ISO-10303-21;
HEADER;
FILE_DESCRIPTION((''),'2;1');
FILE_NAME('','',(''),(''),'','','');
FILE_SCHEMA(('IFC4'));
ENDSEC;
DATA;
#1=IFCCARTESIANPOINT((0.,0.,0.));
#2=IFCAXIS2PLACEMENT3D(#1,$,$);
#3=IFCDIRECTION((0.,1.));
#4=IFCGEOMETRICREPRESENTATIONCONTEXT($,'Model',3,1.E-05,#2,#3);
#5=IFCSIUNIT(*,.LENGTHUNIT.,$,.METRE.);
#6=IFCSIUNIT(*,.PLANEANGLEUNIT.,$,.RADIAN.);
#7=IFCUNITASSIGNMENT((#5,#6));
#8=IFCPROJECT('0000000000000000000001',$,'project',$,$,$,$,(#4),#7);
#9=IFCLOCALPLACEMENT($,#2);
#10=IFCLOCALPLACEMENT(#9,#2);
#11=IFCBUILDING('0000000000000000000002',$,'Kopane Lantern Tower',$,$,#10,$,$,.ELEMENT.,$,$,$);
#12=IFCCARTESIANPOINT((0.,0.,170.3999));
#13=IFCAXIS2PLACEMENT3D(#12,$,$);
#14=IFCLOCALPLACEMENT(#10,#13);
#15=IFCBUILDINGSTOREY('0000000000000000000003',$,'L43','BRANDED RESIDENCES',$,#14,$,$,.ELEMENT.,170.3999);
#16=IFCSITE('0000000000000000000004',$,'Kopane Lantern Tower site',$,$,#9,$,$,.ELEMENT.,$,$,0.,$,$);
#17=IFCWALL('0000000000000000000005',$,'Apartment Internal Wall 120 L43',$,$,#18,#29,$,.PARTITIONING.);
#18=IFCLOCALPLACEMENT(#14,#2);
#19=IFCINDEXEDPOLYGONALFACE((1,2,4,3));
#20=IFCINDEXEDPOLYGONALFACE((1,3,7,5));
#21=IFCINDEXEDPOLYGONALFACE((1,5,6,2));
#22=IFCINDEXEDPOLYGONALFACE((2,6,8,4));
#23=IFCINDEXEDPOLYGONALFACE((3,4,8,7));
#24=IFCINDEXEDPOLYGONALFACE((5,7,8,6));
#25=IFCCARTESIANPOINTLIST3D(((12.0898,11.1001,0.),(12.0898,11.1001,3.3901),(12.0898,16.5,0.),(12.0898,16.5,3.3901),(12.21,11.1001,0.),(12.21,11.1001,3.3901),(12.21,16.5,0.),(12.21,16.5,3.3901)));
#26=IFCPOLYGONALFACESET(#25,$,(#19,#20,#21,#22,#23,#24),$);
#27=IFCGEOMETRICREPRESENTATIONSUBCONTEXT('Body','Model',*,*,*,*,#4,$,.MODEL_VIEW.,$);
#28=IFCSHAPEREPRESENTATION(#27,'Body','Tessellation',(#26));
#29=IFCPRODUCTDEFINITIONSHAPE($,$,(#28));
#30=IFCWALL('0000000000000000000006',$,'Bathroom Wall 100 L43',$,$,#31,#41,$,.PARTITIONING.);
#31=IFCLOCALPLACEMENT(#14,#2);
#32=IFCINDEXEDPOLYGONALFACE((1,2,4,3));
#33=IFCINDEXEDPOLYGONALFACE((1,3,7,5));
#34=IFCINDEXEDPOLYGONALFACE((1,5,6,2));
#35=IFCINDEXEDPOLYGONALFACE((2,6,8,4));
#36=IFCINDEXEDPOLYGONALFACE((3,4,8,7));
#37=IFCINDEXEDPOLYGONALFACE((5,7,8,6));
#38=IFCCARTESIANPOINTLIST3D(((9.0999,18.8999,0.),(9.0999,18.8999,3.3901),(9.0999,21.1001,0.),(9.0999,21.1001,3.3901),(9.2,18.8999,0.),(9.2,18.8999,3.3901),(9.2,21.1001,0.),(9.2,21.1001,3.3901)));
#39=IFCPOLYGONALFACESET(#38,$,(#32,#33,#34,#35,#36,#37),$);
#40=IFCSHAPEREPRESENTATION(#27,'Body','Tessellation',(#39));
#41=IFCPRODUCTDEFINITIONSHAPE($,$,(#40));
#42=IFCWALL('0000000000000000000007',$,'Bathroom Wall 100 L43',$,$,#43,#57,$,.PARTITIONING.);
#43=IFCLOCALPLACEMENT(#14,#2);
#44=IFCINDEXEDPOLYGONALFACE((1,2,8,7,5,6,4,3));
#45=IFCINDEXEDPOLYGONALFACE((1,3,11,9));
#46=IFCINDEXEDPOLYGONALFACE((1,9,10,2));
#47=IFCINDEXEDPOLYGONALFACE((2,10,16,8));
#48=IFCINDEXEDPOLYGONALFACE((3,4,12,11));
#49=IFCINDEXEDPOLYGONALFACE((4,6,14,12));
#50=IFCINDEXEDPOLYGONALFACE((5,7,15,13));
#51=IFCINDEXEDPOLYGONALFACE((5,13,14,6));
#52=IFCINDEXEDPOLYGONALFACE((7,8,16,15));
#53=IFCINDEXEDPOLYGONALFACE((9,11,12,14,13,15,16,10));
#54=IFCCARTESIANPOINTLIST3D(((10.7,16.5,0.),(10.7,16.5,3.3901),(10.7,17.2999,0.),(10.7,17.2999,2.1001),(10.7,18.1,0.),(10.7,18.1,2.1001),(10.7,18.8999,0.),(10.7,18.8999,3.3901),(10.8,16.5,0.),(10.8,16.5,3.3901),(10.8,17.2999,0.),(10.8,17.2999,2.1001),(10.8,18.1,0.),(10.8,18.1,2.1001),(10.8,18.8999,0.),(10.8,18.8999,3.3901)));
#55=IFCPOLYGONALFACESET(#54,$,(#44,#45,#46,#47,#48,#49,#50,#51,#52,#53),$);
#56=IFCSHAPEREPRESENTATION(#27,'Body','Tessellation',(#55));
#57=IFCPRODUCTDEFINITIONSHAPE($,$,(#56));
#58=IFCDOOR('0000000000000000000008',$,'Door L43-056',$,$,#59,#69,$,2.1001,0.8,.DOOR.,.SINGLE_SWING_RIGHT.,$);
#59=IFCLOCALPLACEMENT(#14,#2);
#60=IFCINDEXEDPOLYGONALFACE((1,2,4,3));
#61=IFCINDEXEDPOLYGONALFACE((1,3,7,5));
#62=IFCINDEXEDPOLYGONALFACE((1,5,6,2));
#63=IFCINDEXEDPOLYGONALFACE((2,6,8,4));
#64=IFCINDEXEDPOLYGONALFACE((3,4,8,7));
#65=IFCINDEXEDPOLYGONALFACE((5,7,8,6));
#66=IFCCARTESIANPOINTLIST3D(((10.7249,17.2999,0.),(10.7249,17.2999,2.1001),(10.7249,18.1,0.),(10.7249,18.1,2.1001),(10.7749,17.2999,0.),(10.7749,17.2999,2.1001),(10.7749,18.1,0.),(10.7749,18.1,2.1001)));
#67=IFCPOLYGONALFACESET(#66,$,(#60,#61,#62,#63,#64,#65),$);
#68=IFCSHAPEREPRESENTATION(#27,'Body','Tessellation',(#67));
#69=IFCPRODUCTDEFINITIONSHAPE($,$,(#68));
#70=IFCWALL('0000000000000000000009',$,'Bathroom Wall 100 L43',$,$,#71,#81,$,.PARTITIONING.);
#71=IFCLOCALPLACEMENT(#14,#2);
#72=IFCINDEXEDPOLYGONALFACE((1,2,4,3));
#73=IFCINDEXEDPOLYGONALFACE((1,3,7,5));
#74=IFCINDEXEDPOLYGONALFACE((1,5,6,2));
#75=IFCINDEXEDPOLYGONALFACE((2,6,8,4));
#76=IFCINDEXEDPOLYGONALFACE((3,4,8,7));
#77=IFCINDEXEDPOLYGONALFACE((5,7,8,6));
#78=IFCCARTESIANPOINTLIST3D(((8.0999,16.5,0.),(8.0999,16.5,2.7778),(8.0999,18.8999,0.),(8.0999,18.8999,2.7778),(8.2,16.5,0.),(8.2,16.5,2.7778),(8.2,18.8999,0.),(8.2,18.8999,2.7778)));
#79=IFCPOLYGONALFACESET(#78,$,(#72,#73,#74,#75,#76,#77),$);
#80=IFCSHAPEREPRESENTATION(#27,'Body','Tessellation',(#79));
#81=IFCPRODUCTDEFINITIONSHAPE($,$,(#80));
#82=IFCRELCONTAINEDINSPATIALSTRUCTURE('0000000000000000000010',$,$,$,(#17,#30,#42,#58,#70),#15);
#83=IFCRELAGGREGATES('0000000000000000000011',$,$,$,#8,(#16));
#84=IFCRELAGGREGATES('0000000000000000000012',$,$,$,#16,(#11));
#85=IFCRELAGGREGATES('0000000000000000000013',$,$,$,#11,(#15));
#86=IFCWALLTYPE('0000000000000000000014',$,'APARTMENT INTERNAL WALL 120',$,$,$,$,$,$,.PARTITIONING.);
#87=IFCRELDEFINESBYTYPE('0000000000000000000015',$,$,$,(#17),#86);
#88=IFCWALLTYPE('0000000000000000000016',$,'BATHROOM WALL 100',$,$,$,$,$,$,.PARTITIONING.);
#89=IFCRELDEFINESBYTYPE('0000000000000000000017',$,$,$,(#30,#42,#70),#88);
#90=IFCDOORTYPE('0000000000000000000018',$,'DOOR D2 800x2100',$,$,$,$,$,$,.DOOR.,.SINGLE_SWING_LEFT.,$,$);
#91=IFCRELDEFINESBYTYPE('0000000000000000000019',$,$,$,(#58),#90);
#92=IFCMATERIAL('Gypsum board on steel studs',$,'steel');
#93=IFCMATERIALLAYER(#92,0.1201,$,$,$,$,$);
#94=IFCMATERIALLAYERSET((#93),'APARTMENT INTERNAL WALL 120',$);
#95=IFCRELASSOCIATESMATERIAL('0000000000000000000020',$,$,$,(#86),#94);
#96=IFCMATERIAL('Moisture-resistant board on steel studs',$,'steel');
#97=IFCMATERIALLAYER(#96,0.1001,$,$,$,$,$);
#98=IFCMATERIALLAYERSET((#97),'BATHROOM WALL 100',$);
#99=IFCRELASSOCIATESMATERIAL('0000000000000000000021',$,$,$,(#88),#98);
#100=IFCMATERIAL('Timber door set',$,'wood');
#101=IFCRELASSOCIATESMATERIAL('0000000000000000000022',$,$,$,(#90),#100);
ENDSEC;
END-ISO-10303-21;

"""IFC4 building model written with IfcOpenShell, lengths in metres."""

from ifc_helpers import new_model, si_unit, direction, frame, frame_2d, origin, place, context, subcontext, project, spatial, rectangle, extrude, material, layer, layer_set, type_object, element, fill, save


model = new_model("IFC4")

# Units and contexts
model_context = context("Model", 3, precision=1e-05, world=origin(), true_north=direction((0.0, 1.0)))
body_context = subcontext(model_context, "Body", "Model", "MODEL_VIEW")
ifc_project = project(units=[si_unit("LENGTHUNIT", "METRE"), si_unit("PLANEANGLEUNIT", "RADIAN")], contexts=[model_context])

# Site, building, storey
site_placement = place(None, origin())
site = spatial("IfcSite", under=ifc_project, at=site_placement, Name="Kopane Lantern Tower site", CompositionType="ELEMENT", RefElevation=0.0)
building_placement = place(site_placement, origin())
building = spatial("IfcBuilding", under=site, at=building_placement, Name="Kopane Lantern Tower", CompositionType="ELEMENT")
storey_placement = place(building_placement, frame((0.0, 0.0, 170.3999)))
storey = spatial("IfcBuildingStorey", under=building, at=storey_placement, Name="L43", Description="BRANDED RESIDENCES", CompositionType="ELEMENT", Elevation=170.3999)

# Walls
ifc_material_1 = material(Name="Gypsum board on steel studs", Category="steel")
ifc_layer_1 = layer(ifc_material_1, 0.1201)
ifc_layer_set_1 = layer_set([ifc_layer_1], Name="APARTMENT INTERNAL WALL 120")
wall_type_1 = type_object("IfcWallType", Name="APARTMENT INTERNAL WALL 120", PredefinedType="PARTITIONING", material=ifc_layer_set_1)
wall_1_placement = place(storey_placement, frame((12.1499, 16.5, 0.0), z_axis=(0.0, 0.0, 1.0), x_axis=(0.0, -1.0, 0.0)))
element("IfcWall", 1, at=wall_1_placement, inside=storey, type_object=wall_type_1, Name="Apartment Internal Wall 120 L43", PredefinedType="PARTITIONING", context=body_context, shape_type="SweptSolid", body=[
    extrude(rectangle(XDim=5.3999, YDim=0.1201, at=frame_2d((2.7, 0.0))), origin(), (0.0, 0.0, 1.0), 3.3901),
])
ifc_material_2 = material(Name="Moisture-resistant board on steel studs", Category="steel")
ifc_layer_2 = layer(ifc_material_2, 0.1001)
ifc_layer_set_2 = layer_set([ifc_layer_2], Name="BATHROOM WALL 100")
wall_type_2 = type_object("IfcWallType", Name="BATHROOM WALL 100", PredefinedType="PARTITIONING", material=ifc_layer_set_2)
wall_2_placement = place(storey_placement, frame((9.1499, 18.8999, 0.0), z_axis=(0.0, 0.0, 1.0), x_axis=(0.0, 1.0, 0.0)))
element("IfcWall", 2, at=wall_2_placement, inside=storey, type_object=wall_type_2, Name="Bathroom Wall 100 L43", PredefinedType="PARTITIONING", context=body_context, shape_type="SweptSolid", body=[
    extrude(rectangle(XDim=2.2002, YDim=0.1001, at=frame_2d((1.1001, 0.0))), origin(), (0.0, 0.0, 1.0), 3.3901),
])

# Wall, opening, door
wall_3_placement = place(storey_placement, frame((10.75, 18.8999, 0.0), z_axis=(0.0, 0.0, 1.0), x_axis=(0.0, -1.0, 0.0)))
wall_3 = element("IfcWall", 3, at=wall_3_placement, inside=storey, type_object=wall_type_2, Name="Bathroom Wall 100 L43", PredefinedType="PARTITIONING", context=body_context, shape_type="SweptSolid", body=[
    extrude(rectangle(XDim=2.3999, YDim=0.1001, at=frame_2d((1.2, 0.0))), origin(), (0.0, 0.0, 1.0), 3.3901),
])
opening_1_placement = place(wall_3_placement, frame((0.8, 0.0, 0.0)))
opening_1 = element("IfcOpeningElement", 4, at=opening_1_placement, cuts=wall_3, PredefinedType="OPENING", context=body_context, shape_type="SweptSolid", body=[
    extrude(rectangle(XDim=0.8, YDim=2.1001, at=frame_2d((0.3999, 1.05))), frame((0.0, 0.0601, 0.0), z_axis=(0.0, -1.0, 0.0), x_axis=(1.0, 0.0, 0.0)), (0.0, 0.0, 1.0), 0.1201),
])
ifc_material_3 = material(Name="Timber door set", Category="wood")
door_type_1 = type_object("IfcDoorType", Name="DOOR D2 800x2100", OperationType="SINGLE_SWING_LEFT", PredefinedType="DOOR", material=ifc_material_3)
door_1_placement = place(opening_1_placement, origin())
door_1 = element("IfcDoor", 5, at=door_1_placement, inside=storey, type_object=door_type_1, Name="Door L43-056", OperationType="SINGLE_SWING_RIGHT", OverallHeight=2.1001, OverallWidth=0.8, PredefinedType="DOOR", context=body_context, shape_type="SweptSolid", body=[
    extrude(rectangle(XDim=0.8, YDim=2.1001, at=frame_2d((0.3999, 1.05))), frame((0.0, 0.0249, 0.0), z_axis=(0.0, -1.0, 0.0), x_axis=(1.0, 0.0, 0.0)), (0.0, 0.0, 1.0), 0.05),
])
fill(opening_1, door_1)

# Wall
wall_4_placement = place(storey_placement, frame((8.1499, 18.8999, 0.0), z_axis=(0.0, 0.0, 1.0), x_axis=(0.0, -1.0, 0.0)))
element("IfcWall", 6, at=wall_4_placement, inside=storey, type_object=wall_type_2, Name="Bathroom Wall 100 L43", PredefinedType="PARTITIONING", context=body_context, shape_type="SweptSolid", body=[
    extrude(rectangle(XDim=2.3999, YDim=0.1001, at=frame_2d((1.2, 0.0))), origin(), (0.0, 0.0, 1.0), 2.7778),
])

save(model, "model.ifc")
